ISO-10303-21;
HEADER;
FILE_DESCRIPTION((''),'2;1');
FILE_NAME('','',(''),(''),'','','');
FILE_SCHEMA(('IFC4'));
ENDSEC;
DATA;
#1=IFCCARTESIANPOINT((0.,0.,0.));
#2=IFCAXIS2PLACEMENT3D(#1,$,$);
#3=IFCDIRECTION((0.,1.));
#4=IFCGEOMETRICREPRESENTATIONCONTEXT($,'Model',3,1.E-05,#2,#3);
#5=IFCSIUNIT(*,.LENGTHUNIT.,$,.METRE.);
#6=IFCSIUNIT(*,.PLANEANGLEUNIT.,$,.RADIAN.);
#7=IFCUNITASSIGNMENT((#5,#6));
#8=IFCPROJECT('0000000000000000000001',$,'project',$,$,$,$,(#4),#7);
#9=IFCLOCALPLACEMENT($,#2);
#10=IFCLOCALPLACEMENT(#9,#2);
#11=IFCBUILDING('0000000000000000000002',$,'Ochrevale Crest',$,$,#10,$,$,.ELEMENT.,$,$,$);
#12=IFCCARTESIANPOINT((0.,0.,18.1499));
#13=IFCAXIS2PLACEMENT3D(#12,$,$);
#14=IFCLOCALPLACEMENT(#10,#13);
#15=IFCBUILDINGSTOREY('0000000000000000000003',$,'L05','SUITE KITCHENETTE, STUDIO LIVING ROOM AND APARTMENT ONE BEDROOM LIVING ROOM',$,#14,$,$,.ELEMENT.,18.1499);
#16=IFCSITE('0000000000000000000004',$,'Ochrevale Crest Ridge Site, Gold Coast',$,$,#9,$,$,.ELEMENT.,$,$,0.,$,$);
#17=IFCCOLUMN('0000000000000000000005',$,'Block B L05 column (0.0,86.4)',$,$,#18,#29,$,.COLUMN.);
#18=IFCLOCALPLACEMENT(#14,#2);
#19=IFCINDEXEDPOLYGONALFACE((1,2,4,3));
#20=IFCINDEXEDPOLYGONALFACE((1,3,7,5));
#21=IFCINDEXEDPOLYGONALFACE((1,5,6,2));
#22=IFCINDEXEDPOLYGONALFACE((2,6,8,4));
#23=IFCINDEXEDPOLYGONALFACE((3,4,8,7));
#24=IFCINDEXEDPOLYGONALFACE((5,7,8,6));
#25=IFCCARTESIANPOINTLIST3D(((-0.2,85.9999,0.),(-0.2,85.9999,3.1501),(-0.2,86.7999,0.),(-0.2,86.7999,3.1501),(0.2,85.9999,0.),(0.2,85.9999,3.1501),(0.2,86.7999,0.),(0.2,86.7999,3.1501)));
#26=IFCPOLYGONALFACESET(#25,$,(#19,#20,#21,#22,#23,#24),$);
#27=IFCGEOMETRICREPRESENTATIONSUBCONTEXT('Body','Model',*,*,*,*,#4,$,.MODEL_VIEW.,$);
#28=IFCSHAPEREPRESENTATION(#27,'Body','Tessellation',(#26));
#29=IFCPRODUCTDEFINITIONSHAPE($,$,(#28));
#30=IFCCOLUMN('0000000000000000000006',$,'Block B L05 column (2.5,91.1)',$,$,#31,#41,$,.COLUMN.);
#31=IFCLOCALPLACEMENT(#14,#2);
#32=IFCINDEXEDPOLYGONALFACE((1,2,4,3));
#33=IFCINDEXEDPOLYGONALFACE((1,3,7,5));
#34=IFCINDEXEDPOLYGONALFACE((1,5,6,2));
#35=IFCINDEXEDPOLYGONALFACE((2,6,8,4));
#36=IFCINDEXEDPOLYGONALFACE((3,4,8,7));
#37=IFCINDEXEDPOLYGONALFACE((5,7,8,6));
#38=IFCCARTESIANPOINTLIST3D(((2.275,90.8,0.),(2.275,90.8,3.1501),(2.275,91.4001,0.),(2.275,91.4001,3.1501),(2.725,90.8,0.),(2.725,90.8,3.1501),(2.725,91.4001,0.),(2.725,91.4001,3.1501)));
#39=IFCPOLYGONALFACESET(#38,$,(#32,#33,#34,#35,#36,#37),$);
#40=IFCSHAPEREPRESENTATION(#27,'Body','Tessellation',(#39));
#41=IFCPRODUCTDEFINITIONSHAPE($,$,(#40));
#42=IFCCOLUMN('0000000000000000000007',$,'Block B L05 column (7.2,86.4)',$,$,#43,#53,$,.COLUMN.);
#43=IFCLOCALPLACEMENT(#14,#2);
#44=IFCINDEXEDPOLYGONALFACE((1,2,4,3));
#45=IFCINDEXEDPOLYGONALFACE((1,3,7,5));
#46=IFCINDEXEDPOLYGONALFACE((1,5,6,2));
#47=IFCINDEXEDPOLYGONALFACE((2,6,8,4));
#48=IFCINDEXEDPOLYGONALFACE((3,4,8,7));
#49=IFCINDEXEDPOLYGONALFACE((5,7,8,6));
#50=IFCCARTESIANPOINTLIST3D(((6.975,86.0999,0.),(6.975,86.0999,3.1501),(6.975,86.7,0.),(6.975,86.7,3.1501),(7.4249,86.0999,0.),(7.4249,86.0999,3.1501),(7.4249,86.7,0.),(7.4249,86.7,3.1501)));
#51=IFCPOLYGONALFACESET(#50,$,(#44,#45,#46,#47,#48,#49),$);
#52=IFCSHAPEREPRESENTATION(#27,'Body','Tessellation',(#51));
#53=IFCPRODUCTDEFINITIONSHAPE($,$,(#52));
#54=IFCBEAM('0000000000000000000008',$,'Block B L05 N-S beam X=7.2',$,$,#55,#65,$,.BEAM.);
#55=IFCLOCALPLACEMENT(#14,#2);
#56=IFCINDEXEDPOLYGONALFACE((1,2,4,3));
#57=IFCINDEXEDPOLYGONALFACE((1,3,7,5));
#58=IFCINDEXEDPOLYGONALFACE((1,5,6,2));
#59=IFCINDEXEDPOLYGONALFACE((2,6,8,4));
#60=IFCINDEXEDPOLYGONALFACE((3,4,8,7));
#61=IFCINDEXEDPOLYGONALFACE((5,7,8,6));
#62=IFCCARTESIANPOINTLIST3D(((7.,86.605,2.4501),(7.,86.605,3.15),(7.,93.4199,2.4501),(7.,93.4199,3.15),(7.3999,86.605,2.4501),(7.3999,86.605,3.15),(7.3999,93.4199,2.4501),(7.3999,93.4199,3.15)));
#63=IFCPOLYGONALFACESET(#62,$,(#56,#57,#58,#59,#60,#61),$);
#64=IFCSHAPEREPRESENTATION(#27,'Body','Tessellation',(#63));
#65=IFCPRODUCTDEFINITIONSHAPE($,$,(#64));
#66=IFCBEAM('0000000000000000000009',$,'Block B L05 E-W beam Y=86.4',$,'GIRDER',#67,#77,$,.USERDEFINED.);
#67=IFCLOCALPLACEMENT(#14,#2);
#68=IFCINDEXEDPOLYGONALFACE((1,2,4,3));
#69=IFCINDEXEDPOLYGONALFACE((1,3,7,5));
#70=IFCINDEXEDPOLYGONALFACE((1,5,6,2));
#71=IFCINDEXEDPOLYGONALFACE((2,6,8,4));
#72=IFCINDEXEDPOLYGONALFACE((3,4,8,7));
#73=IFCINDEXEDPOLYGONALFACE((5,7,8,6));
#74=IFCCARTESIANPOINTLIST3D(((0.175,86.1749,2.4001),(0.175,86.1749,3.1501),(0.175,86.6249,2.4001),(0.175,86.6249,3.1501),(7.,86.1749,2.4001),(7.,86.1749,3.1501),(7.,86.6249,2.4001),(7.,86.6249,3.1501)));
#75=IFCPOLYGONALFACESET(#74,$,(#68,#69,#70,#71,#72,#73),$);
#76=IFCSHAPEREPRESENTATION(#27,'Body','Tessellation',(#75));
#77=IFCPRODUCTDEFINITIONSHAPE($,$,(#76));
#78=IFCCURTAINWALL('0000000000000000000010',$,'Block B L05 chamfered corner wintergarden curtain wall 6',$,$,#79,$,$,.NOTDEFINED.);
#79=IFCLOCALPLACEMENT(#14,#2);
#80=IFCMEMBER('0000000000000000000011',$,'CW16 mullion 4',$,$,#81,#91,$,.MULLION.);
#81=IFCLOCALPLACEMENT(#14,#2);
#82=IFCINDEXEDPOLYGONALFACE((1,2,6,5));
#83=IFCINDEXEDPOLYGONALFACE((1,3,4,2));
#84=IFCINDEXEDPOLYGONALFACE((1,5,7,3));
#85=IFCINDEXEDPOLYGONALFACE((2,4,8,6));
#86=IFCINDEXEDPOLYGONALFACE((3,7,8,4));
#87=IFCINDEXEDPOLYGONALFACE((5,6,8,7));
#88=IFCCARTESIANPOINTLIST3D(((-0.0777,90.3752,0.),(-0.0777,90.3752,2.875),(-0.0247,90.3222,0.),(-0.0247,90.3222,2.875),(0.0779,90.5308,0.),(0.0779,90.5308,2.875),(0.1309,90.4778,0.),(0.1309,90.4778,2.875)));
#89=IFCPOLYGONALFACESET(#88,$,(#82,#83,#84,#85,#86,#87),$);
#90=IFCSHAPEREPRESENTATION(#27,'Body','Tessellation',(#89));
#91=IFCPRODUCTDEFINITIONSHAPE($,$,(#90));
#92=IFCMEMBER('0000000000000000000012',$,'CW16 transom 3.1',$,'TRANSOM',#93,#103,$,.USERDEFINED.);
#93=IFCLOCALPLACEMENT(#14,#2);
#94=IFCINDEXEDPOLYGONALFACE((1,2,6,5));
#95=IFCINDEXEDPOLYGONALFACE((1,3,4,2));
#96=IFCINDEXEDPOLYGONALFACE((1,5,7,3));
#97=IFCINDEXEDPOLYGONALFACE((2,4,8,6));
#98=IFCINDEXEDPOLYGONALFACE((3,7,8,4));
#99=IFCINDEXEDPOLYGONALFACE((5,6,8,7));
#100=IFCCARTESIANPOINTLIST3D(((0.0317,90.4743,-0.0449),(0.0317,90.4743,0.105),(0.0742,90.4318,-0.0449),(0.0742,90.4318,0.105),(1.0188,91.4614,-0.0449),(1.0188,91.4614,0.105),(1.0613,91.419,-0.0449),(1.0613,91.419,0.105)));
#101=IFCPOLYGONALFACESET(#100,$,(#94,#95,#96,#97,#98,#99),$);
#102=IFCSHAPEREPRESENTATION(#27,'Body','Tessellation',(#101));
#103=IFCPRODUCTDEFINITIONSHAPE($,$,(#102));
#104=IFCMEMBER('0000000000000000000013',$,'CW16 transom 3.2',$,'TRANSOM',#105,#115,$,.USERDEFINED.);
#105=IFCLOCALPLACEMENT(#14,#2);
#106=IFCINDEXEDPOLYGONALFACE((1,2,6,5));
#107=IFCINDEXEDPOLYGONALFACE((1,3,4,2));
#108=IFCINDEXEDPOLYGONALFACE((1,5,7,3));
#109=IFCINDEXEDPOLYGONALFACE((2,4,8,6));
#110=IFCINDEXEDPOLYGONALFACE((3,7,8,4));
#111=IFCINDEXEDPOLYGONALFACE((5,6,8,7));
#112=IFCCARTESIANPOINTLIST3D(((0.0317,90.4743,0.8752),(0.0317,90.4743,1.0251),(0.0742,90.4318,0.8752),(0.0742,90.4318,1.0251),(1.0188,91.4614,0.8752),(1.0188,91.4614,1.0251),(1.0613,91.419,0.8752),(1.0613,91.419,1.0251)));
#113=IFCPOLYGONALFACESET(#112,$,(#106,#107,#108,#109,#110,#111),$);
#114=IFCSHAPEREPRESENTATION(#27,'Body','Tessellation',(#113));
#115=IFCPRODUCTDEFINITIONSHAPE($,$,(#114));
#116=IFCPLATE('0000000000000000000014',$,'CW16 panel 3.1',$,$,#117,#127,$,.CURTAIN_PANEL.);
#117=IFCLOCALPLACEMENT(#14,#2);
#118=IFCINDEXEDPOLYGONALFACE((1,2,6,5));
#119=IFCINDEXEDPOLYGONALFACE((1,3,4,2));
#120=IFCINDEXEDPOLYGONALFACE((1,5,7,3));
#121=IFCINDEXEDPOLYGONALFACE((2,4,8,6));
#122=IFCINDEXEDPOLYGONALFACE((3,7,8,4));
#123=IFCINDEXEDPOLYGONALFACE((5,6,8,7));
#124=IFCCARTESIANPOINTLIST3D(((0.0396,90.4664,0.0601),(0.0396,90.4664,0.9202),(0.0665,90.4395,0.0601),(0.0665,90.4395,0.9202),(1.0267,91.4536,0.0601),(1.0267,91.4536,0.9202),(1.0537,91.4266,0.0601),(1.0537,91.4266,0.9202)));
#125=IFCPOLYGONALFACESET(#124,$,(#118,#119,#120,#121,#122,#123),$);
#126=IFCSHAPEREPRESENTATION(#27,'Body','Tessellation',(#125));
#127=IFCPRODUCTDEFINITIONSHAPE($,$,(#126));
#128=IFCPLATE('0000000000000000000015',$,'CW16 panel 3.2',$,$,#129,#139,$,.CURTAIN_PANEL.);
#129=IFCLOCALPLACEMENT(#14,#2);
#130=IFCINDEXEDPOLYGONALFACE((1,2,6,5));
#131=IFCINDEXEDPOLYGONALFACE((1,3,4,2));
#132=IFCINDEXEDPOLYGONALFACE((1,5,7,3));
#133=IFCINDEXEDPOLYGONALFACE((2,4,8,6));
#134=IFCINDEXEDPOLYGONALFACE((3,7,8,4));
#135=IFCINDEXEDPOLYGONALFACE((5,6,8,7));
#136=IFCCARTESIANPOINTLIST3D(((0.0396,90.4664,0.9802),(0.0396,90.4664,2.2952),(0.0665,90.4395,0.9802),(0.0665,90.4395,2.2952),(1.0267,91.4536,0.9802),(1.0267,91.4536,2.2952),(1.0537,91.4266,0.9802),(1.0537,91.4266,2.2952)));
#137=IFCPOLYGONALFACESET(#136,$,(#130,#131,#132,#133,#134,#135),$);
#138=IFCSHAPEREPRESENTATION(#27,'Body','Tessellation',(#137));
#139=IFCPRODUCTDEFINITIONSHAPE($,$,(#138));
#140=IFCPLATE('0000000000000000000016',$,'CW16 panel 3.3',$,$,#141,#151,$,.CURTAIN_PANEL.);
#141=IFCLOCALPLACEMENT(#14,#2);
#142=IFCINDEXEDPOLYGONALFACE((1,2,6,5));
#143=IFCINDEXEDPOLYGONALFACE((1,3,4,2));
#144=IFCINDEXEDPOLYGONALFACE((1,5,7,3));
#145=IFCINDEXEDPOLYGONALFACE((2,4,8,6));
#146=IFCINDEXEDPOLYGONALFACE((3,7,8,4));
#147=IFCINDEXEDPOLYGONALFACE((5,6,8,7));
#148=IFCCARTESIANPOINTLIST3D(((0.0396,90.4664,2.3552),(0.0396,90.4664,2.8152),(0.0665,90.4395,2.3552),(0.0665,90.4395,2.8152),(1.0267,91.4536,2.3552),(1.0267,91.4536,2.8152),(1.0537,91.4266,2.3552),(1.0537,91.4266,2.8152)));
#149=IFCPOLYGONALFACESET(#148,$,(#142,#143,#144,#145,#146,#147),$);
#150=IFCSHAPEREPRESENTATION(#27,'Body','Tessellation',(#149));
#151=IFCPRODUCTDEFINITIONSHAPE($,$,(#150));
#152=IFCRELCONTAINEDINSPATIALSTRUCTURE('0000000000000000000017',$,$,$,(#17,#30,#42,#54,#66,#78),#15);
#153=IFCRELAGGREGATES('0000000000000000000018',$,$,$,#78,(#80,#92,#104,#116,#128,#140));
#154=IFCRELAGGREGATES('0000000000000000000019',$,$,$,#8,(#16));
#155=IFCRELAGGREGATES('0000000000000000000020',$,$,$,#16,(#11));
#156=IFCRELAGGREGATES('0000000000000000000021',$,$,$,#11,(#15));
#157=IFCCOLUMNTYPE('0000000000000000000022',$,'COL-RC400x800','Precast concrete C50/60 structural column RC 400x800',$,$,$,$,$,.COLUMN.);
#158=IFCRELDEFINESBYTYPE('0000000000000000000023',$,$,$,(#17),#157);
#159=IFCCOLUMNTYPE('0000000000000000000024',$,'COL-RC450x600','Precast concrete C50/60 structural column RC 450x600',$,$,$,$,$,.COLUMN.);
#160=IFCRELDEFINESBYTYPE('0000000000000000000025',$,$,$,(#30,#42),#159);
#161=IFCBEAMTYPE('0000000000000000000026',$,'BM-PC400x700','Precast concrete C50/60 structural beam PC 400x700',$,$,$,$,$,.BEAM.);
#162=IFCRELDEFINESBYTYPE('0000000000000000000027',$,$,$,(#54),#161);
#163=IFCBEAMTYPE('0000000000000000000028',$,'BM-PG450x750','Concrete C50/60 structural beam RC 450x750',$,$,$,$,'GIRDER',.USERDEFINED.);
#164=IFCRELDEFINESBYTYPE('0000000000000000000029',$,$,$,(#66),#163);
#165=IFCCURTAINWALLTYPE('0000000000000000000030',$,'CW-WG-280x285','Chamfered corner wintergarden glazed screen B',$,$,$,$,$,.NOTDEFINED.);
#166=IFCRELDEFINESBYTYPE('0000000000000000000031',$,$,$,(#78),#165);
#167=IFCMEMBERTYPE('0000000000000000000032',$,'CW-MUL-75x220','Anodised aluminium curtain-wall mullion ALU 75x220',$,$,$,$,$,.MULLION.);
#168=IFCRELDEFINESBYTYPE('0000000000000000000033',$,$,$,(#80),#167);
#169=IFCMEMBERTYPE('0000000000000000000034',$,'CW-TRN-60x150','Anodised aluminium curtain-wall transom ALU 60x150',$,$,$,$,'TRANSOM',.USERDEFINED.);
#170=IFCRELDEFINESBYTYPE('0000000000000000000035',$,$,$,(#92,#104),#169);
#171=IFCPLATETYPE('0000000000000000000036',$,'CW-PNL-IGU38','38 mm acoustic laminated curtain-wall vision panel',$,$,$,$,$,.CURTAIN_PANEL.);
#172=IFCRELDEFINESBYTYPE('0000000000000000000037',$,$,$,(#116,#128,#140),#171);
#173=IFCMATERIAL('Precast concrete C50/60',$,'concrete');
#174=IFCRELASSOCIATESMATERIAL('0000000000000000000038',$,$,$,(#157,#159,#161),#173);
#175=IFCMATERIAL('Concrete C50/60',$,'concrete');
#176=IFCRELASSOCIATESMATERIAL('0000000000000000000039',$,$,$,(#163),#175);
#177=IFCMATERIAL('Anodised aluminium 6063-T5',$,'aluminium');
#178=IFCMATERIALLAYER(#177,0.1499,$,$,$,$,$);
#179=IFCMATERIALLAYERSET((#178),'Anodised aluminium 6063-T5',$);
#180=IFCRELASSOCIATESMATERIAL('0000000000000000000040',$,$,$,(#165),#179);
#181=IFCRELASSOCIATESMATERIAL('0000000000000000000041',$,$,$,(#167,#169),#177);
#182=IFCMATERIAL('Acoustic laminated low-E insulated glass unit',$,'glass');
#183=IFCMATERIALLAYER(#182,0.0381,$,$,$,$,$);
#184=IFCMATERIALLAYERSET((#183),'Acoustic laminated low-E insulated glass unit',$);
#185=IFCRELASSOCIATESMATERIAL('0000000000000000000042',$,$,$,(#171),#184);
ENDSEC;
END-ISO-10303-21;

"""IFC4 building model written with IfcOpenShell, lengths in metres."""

from ifc_helpers import new_model, si_unit, direction, frame, origin, origin_2d, place, context, subcontext, project, spatial, rectangle, extrude, material, layer, layer_set, material_profile, profile_set, type_object, element, aggregate, save


model = new_model("IFC4")

# Units and contexts
model_context = context("Model", 3, precision=1e-05, world=origin(), true_north=direction((0.0, 1.0)))
body_context = subcontext(model_context, "Body", "Model", "MODEL_VIEW")
ifc_project = project(units=[si_unit("LENGTHUNIT", "METRE"), si_unit("PLANEANGLEUNIT", "RADIAN")], contexts=[model_context])

# Site, building, storey
site_placement = place(None, origin())
site = spatial("IfcSite", under=ifc_project, at=site_placement, Name="Ochrevale Crest Ridge Site, Gold Coast", CompositionType="ELEMENT", RefElevation=0.0)
building_placement = place(site_placement, origin())
building = spatial("IfcBuilding", under=site, at=building_placement, Name="Ochrevale Crest", CompositionType="ELEMENT")
storey_placement = place(building_placement, frame((0.0, 0.0, 18.1499)))
storey = spatial("IfcBuildingStorey", under=building, at=storey_placement, Name="L05", Description="SUITE KITCHENETTE, STUDIO LIVING ROOM AND APARTMENT ONE BEDROOM LIVING ROOM", CompositionType="ELEMENT", Elevation=18.1499)

# Columns
ifc_material_1 = material(Name="Precast concrete C50/60", Category="concrete")
ifc_material_profile_1 = material_profile(ifc_material_1, rectangle(XDim=0.3999, YDim=0.8, at=origin_2d()), Name="RC 400x800")
ifc_profile_set_1 = profile_set([ifc_material_profile_1], Name="Precast concrete C50/60")
column_type_1 = type_object("IfcColumnType", Name="COL-RC400x800", Description="Precast concrete C50/60 structural column RC 400x800", PredefinedType="COLUMN", material=ifc_profile_set_1)
column_placement = place(storey_placement, frame((0.0, 86.3999, 0.0), z_axis=(0.0, 0.0, 1.0), x_axis=(1.0, 0.0, 0.0)))
element("IfcColumn", 1, at=column_placement, inside=storey, type_object=column_type_1, Name="Block B L05 column (0.0,86.4)", PredefinedType="COLUMN", context=body_context, shape_type="SweptSolid", body=[
    extrude(rectangle(XDim=0.3999, YDim=0.8, at=origin_2d()), origin(), (0.0, 0.0, 1.0), 3.1501),
])
ifc_material_profile_2 = material_profile(ifc_material_1, rectangle(XDim=0.45, YDim=0.6001, at=origin_2d()), Name="RC 450x600")
ifc_profile_set_2 = profile_set([ifc_material_profile_2], Name="Precast concrete C50/60")
column_type_2 = type_object("IfcColumnType", Name="COL-RC450x600", Description="Precast concrete C50/60 structural column RC 450x600", PredefinedType="COLUMN", material=ifc_profile_set_2)
for number, where, z_axis, x_axis, name in (
    (2, (2.5, 91.1001, 0.0), (0.0, 0.0, 1.0), (1.0, 0.0, 0.0), "Block B L05 column (2.5,91.1)"),
    (3, (7.2, 86.3999, 0.0), (0.0, 0.0, 1.0), (1.0, 0.0, 0.0), "Block B L05 column (7.2,86.4)"),
):
    element("IfcColumn", number, at=place(storey_placement, frame(where, z_axis=z_axis, x_axis=x_axis)), inside=storey, type_object=column_type_2, Name=name, PredefinedType="COLUMN", context=body_context, shape_type="SweptSolid", body=[
        extrude(rectangle(XDim=0.45, YDim=0.6001, at=origin_2d()), origin(), (0.0, 0.0, 1.0), 3.1501),
    ])

# Beams
ifc_material_profile_3 = material_profile(ifc_material_1, rectangle(XDim=0.3999, YDim=0.7, at=origin_2d()), Name="PC 400x700")
ifc_profile_set_3 = profile_set([ifc_material_profile_3], Name="Precast concrete C50/60")
beam_type_1 = type_object("IfcBeamType", Name="BM-PC400x700", Description="Precast concrete C50/60 structural beam PC 400x700", PredefinedType="BEAM", material=ifc_profile_set_3)
beam_1_placement = place(storey_placement, frame((7.2, 86.605, 2.8), z_axis=(0.0, 1.0, 0.0), x_axis=(-1.0, 0.0, 0.0)))
element("IfcBeam", 4, at=beam_1_placement, inside=storey, type_object=beam_type_1, Name="Block B L05 N-S beam X=7.2", PredefinedType="BEAM", context=body_context, shape_type="SweptSolid", body=[
    extrude(rectangle(XDim=0.3999, YDim=0.7, at=origin_2d()), origin(), (0.0, 0.0, 1.0), 6.8149),
])
ifc_material_2 = material(Name="Concrete C50/60", Category="concrete")
ifc_material_profile_4 = material_profile(ifc_material_2, rectangle(XDim=0.45, YDim=0.75, at=origin_2d()), Name="RC 450x750")
ifc_profile_set_4 = profile_set([ifc_material_profile_4], Name="Concrete C50/60")
beam_type_2 = type_object("IfcBeamType", Name="BM-PG450x750", Description="Concrete C50/60 structural beam RC 450x750", ElementType="GIRDER", PredefinedType="USERDEFINED", material=ifc_profile_set_4)
beam_2_placement = place(storey_placement, frame((0.175, 86.3999, 2.7751), z_axis=(1.0, 0.0, 0.0), x_axis=(0.0, 1.0, 0.0)))
element("IfcBeam", 5, at=beam_2_placement, inside=storey, type_object=beam_type_2, Name="Block B L05 E-W beam Y=86.4", ObjectType="GIRDER", PredefinedType="USERDEFINED", context=body_context, shape_type="SweptSolid", body=[
    extrude(rectangle(XDim=0.45, YDim=0.75, at=origin_2d()), origin(), (0.0, 0.0, 1.0), 6.825),
])

# Curtain wall, members, plates
ifc_material_3 = material(Name="Anodised aluminium 6063-T5", Category="aluminium")
ifc_layer_1 = layer(ifc_material_3, 0.1499)
ifc_layer_set_1 = layer_set([ifc_layer_1], Name="Anodised aluminium 6063-T5")
curtain_wall_type = type_object("IfcCurtainWallType", Name="CW-WG-280x285", Description="Chamfered corner wintergarden glazed screen B", PredefinedType="NOTDEFINED", material=ifc_layer_set_1)
curtain_wall_placement = place(storey_placement, origin())
curtain_wall = element("IfcCurtainWall", 6, at=curtain_wall_placement, inside=storey, type_object=curtain_wall_type, Name="Block B L05 chamfered corner wintergarden curtain wall 6", PredefinedType="NOTDEFINED")
ifc_material_profile_5 = material_profile(ifc_material_3, rectangle(XDim=0.075, YDim=0.22, at=origin_2d()), Name="ALU 75x220")
ifc_profile_set_5 = profile_set([ifc_material_profile_5], Name="Anodised aluminium 6063-T5")
member_type_1 = type_object("IfcMemberType", Name="CW-MUL-75x220", Description="Anodised aluminium curtain-wall mullion ALU 75x220", PredefinedType="MULLION", material=ifc_profile_set_5)
member_1_placement = place(storey_placement, frame((0.0266, 90.4265, 0.0), z_axis=(0.0, 0.0, 1.0), x_axis=(0.707107, -0.707107, 0.0)))
member_1 = element("IfcMember", 7, at=member_1_placement, type_object=member_type_1, Name="CW16 mullion 4", PredefinedType="MULLION", context=body_context, shape_type="SweptSolid", body=[
    extrude(rectangle(XDim=0.075, YDim=0.22, at=origin_2d()), origin(), (0.0, 0.0, 1.0), 2.875),
])
ifc_material_profile_6 = material_profile(ifc_material_3, rectangle(XDim=0.0601, YDim=0.1499, at=origin_2d()), Name="ALU 60x150")
ifc_profile_set_6 = profile_set([ifc_material_profile_6], Name="Anodised aluminium 6063-T5")
member_type_2 = type_object("IfcMemberType", Name="CW-TRN-60x150", Description="Anodised aluminium curtain-wall transom ALU 60x150", ElementType="TRANSOM", PredefinedType="USERDEFINED", material=ifc_profile_set_6)
member_2_placement = place(storey_placement, frame((1.04, 91.4402, 0.03), z_axis=(-0.707107, -0.707107, 0.0), x_axis=(0.707107, -0.707107, 0.0)))
member_2 = element("IfcMember", 8, at=member_2_placement, type_object=member_type_2, Name="CW16 transom 3.1", ObjectType="TRANSOM", PredefinedType="USERDEFINED", context=body_context, shape_type="SweptSolid", body=[
    extrude(rectangle(XDim=0.0601, YDim=0.1499, at=origin_2d()), origin(), (0.0, 0.0, 1.0), 1.396),
])
member_3_placement = place(storey_placement, frame((1.04, 91.4402, 0.9502), z_axis=(-0.707107, -0.707107, 0.0), x_axis=(0.707107, -0.707107, 0.0)))
member_3 = element("IfcMember", 9, at=member_3_placement, type_object=member_type_2, Name="CW16 transom 3.2", ObjectType="TRANSOM", PredefinedType="USERDEFINED", context=body_context, shape_type="SweptSolid", body=[
    extrude(rectangle(XDim=0.0601, YDim=0.1499, at=origin_2d()), origin(), (0.0, 0.0, 1.0), 1.396),
])
ifc_material_4 = material(Name="Acoustic laminated low-E insulated glass unit", Category="glass")
ifc_layer_2 = layer(ifc_material_4, 0.0381)
ifc_layer_set_2 = layer_set([ifc_layer_2], Name="Acoustic laminated low-E insulated glass unit")
plate_type = type_object("IfcPlateType", Name="CW-PNL-IGU38", Description="38 mm acoustic laminated curtain-wall vision panel", PredefinedType="CURTAIN_PANEL", material=ifc_layer_set_2)
plate_1_placement = place(storey_placement, frame((0.5466, 90.9465, 0.0601), z_axis=(0.0, 0.0, 1.0), x_axis=(-0.707107, -0.707107, 0.0)))
plate_1 = element("IfcPlate", 10, at=plate_1_placement, type_object=plate_type, Name="CW16 panel 3.1", PredefinedType="CURTAIN_PANEL", context=body_context, shape_type="SweptSolid", body=[
    extrude(rectangle(XDim=1.396, YDim=0.0381, at=origin_2d()), origin(), (0.0, 0.0, 1.0), 0.8601),
])
plate_2_placement = place(storey_placement, frame((0.5466, 90.9465, 0.9802), z_axis=(0.0, 0.0, 1.0), x_axis=(-0.707107, -0.707107, 0.0)))
plate_2 = element("IfcPlate", 11, at=plate_2_placement, type_object=plate_type, Name="CW16 panel 3.2", PredefinedType="CURTAIN_PANEL", context=body_context, shape_type="SweptSolid", body=[
    extrude(rectangle(XDim=1.396, YDim=0.0381, at=origin_2d()), origin(), (0.0, 0.0, 1.0), 1.3149),
])
plate_3_placement = place(storey_placement, frame((0.5466, 90.9465, 2.3552), z_axis=(0.0, 0.0, 1.0), x_axis=(-0.707107, -0.707107, 0.0)))
plate_3 = element("IfcPlate", 12, at=plate_3_placement, type_object=plate_type, Name="CW16 panel 3.3", PredefinedType="CURTAIN_PANEL", context=body_context, shape_type="SweptSolid", body=[
    extrude(rectangle(XDim=1.396, YDim=0.0381, at=origin_2d()), origin(), (0.0, 0.0, 1.0), 0.46),
])
aggregate(curtain_wall, [member_1, member_2, member_3, plate_1, plate_2, plate_3])

save(model, "model.ifc")
